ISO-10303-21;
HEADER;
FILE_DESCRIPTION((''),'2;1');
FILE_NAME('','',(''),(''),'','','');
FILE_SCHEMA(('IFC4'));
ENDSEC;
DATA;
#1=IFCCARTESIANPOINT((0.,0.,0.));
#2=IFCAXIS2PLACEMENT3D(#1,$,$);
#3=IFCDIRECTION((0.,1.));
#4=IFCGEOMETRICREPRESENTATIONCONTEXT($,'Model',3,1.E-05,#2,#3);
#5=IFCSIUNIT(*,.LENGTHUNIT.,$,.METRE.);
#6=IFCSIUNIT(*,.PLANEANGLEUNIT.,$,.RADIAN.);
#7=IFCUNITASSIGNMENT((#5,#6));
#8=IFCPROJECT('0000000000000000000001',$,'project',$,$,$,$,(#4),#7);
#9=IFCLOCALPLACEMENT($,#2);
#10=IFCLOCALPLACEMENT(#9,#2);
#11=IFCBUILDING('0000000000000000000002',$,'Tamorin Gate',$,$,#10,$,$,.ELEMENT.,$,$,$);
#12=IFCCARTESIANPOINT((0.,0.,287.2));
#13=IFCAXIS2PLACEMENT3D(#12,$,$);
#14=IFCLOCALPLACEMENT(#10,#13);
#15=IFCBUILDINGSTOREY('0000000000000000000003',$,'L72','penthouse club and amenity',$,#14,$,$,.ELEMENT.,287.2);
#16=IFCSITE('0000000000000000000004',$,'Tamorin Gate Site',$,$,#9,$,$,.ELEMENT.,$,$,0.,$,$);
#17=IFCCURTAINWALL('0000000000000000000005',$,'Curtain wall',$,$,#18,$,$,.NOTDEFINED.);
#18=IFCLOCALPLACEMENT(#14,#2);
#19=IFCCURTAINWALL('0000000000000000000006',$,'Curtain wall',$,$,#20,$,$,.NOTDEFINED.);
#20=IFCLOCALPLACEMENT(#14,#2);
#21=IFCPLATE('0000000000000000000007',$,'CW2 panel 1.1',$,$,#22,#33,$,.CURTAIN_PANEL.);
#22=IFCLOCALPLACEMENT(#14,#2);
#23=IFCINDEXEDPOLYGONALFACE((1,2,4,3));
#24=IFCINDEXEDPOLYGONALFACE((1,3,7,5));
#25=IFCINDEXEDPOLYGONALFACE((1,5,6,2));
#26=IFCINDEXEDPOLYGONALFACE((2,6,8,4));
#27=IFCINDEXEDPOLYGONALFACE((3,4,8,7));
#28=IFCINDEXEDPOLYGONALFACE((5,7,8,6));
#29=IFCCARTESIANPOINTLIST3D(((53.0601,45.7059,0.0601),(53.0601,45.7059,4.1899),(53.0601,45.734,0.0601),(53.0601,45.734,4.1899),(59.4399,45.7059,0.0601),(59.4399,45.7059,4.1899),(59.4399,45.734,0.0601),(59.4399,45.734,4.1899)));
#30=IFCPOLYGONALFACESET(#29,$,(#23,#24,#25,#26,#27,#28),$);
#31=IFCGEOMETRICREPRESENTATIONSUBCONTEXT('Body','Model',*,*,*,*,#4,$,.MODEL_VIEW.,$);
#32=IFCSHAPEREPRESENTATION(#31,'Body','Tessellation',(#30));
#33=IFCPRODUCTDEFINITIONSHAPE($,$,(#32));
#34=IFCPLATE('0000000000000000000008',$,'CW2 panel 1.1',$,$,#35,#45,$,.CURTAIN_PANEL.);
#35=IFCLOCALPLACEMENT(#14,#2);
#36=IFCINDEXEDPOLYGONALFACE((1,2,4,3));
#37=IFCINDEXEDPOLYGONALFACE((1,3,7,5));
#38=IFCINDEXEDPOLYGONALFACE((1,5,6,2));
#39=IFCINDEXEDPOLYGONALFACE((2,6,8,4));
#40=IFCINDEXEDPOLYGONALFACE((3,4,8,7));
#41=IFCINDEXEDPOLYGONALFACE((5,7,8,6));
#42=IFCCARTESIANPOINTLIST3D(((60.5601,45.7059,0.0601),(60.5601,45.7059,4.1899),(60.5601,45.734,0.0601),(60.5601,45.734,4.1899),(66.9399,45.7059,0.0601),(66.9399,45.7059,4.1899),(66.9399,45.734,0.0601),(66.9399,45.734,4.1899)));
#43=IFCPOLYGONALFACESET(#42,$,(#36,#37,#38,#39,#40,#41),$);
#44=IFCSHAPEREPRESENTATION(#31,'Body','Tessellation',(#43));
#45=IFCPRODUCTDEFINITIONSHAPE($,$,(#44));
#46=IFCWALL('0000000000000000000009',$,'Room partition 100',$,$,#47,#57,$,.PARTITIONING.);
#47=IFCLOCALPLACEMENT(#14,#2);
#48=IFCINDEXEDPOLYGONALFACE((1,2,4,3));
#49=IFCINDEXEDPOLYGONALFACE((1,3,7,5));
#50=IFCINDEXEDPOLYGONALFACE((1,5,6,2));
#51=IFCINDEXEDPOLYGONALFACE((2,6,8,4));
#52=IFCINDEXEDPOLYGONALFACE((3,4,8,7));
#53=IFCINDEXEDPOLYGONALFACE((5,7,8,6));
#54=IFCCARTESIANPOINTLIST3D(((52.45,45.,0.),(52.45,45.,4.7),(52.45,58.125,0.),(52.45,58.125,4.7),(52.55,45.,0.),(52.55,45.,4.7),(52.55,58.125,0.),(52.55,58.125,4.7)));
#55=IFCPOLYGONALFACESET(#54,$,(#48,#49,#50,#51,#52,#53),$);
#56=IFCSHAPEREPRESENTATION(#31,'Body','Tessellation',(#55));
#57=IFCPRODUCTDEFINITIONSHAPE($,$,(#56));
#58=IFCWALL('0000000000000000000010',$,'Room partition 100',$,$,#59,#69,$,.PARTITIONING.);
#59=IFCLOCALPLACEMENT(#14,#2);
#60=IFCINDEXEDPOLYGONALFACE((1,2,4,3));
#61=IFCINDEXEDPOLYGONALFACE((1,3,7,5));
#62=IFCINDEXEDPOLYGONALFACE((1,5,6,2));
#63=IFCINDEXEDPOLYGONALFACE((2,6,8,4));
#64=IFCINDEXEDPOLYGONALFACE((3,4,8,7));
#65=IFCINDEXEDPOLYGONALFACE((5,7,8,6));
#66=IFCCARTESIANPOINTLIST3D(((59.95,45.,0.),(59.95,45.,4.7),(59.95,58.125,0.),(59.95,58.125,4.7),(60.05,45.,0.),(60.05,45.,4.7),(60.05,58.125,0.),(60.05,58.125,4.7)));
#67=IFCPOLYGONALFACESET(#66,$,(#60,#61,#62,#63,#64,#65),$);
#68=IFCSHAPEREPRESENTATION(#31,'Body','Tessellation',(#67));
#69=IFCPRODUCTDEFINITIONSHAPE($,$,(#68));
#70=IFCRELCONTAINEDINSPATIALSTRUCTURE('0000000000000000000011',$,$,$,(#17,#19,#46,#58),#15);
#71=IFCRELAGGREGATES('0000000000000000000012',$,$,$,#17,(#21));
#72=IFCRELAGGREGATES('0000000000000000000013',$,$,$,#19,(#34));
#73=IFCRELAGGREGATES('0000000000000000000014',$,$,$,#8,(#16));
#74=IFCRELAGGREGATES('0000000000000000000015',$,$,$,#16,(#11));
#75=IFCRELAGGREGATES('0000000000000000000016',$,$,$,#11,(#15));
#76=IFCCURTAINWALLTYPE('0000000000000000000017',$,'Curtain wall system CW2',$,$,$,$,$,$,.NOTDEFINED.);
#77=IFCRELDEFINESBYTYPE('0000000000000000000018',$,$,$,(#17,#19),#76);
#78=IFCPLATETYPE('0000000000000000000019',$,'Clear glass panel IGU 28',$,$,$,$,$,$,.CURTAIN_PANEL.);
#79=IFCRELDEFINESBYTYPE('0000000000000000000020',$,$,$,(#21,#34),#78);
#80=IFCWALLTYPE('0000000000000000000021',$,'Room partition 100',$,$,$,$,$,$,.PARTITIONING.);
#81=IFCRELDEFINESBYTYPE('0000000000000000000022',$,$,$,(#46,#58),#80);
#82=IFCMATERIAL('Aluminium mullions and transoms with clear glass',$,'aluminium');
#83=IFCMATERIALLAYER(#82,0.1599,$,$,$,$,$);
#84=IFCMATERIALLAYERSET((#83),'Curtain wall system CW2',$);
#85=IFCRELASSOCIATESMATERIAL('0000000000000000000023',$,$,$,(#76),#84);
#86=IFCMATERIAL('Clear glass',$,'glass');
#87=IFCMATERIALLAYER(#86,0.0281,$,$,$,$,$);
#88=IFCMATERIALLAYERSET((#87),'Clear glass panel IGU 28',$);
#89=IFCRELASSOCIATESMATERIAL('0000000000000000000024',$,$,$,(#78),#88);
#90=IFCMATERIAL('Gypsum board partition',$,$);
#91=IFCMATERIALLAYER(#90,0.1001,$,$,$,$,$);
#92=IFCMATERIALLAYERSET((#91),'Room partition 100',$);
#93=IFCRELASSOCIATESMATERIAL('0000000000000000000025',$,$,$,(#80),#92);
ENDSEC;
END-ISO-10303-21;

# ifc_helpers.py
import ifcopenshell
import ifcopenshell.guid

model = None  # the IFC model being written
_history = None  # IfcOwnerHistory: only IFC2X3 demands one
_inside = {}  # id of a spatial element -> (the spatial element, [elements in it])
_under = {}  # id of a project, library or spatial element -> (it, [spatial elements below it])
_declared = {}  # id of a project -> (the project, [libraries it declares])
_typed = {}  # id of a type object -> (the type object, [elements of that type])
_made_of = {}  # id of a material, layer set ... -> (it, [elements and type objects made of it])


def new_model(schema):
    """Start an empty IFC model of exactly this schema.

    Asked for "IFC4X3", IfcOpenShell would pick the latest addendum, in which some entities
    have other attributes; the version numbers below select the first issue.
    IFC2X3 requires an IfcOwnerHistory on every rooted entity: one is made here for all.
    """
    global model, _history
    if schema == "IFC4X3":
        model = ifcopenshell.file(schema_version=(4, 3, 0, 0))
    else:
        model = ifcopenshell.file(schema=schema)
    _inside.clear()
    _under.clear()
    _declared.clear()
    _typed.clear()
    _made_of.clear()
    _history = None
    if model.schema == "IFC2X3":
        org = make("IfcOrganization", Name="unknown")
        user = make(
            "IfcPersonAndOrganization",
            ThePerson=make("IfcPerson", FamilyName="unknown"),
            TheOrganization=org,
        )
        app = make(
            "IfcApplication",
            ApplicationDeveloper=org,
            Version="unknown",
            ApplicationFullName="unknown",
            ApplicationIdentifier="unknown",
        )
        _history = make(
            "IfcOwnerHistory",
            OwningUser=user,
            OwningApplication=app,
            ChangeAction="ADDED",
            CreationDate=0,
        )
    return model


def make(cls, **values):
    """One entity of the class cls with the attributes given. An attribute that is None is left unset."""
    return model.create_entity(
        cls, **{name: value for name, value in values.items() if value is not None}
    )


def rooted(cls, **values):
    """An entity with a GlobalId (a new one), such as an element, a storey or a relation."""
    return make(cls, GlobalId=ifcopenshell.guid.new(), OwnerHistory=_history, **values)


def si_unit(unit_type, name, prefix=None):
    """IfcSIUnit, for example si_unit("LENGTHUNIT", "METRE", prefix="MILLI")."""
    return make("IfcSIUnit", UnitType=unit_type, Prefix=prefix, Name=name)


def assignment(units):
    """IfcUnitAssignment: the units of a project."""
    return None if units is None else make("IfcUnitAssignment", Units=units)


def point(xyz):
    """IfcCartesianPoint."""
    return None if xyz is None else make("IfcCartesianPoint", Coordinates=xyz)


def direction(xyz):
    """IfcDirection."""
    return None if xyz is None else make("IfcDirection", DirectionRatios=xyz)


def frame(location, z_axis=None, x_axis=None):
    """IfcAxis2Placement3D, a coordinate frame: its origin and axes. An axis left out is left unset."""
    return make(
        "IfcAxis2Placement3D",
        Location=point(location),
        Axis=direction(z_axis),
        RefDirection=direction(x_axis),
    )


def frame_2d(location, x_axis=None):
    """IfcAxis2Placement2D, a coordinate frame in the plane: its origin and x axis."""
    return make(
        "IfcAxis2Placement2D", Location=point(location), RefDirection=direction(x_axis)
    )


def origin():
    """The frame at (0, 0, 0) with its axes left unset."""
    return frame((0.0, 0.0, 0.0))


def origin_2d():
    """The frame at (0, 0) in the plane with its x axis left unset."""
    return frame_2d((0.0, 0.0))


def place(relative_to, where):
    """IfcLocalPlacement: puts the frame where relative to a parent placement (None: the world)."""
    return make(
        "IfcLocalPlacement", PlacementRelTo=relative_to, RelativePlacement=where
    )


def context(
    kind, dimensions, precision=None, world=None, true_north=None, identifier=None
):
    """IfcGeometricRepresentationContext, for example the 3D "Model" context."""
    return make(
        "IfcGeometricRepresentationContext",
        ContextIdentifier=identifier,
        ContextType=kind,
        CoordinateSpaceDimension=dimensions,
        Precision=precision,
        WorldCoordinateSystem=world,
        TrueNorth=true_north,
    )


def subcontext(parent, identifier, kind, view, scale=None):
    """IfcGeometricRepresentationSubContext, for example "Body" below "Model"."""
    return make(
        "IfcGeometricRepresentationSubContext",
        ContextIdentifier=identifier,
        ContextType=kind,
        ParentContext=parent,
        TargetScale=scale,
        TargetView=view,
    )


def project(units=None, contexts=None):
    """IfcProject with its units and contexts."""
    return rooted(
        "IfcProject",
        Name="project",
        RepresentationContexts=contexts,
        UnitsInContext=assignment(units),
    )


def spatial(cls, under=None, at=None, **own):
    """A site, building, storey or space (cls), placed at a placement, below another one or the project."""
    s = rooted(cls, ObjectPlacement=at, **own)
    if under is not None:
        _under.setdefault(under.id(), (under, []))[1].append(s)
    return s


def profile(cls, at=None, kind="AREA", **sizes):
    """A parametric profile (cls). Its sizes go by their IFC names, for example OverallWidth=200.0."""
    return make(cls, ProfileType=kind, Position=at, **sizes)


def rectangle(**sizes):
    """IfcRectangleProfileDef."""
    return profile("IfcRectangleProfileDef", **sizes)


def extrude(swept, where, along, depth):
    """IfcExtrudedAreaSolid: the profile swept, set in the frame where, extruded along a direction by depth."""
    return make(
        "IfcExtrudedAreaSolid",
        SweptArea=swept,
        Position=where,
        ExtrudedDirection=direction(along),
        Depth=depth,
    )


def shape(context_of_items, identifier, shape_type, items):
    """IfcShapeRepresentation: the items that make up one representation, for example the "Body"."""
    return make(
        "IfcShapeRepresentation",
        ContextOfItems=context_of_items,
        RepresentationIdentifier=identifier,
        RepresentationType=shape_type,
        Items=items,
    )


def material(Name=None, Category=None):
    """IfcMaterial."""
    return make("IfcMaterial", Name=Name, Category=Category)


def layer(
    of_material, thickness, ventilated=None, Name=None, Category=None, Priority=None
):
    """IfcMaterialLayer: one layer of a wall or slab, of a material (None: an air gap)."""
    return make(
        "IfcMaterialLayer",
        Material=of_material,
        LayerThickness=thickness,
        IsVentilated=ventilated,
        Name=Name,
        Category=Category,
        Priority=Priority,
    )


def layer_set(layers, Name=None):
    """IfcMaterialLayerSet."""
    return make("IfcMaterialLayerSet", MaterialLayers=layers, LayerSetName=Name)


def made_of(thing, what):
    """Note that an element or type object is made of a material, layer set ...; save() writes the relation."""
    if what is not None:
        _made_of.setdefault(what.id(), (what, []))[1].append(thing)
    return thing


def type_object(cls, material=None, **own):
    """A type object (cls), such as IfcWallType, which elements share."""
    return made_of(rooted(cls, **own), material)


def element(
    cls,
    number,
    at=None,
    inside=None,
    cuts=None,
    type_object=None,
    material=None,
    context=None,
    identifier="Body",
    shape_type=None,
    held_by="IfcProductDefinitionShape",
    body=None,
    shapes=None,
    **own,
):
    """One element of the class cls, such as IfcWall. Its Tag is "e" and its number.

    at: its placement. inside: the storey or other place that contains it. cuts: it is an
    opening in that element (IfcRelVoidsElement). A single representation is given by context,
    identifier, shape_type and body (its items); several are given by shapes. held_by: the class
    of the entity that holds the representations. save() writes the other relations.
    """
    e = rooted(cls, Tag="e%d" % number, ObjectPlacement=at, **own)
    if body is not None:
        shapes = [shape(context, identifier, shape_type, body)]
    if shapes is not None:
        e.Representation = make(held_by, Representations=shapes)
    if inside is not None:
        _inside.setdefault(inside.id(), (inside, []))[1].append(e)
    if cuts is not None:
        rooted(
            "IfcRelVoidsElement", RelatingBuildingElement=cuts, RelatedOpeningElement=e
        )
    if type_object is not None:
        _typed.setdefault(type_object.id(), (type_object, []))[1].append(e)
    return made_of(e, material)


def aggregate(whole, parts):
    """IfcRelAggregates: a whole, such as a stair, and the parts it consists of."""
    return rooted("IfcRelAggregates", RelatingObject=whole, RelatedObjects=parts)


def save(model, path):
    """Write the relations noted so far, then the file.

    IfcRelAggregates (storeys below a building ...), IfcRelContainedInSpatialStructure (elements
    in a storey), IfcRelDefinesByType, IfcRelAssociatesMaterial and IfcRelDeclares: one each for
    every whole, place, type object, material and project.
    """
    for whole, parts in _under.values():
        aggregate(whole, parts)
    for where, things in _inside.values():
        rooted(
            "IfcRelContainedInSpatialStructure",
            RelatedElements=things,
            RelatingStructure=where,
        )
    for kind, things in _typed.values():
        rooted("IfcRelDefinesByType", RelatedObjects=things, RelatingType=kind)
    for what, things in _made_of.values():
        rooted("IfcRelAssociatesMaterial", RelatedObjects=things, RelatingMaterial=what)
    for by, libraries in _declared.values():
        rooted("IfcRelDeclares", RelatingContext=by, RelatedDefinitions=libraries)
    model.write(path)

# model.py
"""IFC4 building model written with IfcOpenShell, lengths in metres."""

from ifc_helpers import new_model, si_unit, direction, frame, frame_2d, origin, origin_2d, place, context, subcontext, project, spatial, rectangle, extrude, material, layer, layer_set, type_object, element, aggregate, save


model = new_model("IFC4")

# Units and contexts
model_context = context("Model", 3, precision=1e-05, world=origin(), true_north=direction((0.0, 1.0)))
body_context = subcontext(model_context, "Body", "Model", "MODEL_VIEW")
ifc_project = project(units=[si_unit("LENGTHUNIT", "METRE"), si_unit("PLANEANGLEUNIT", "RADIAN")], contexts=[model_context])

# Site, building, storey
site_placement = place(None, origin())
site = spatial("IfcSite", under=ifc_project, at=site_placement, Name="Tamorin Gate Site", CompositionType="ELEMENT", RefElevation=0.0)
building_placement = place(site_placement, origin())
building = spatial("IfcBuilding", under=site, at=building_placement, Name="Tamorin Gate", CompositionType="ELEMENT")
storey_placement = place(building_placement, frame((0.0, 0.0, 287.2)))
storey = spatial("IfcBuildingStorey", under=building, at=storey_placement, Name="L72", Description="penthouse club and amenity", CompositionType="ELEMENT", Elevation=287.2)

# Shared definitions
ifc_material_1 = material(Name="Aluminium mullions and transoms with clear glass", Category="aluminium")
ifc_layer_1 = layer(ifc_material_1, 0.1599)
ifc_layer_set_1 = layer_set([ifc_layer_1], Name="Curtain wall system CW2")
curtain_wall_type = type_object("IfcCurtainWallType", Name="Curtain wall system CW2", PredefinedType="NOTDEFINED", material=ifc_layer_set_1)

# Curtain walls
curtain_wall_1_placement = place(storey_placement, origin())
curtain_wall_1 = element("IfcCurtainWall", 1, at=curtain_wall_1_placement, inside=storey, type_object=curtain_wall_type, Name="Curtain wall", PredefinedType="NOTDEFINED")
curtain_wall_2_placement = place(storey_placement, origin())
curtain_wall_2 = element("IfcCurtainWall", 2, at=curtain_wall_2_placement, inside=storey, type_object=curtain_wall_type, Name="Curtain wall", PredefinedType="NOTDEFINED")

# Plates
ifc_material_2 = material(Name="Clear glass", Category="glass")
ifc_layer_2 = layer(ifc_material_2, 0.0281)
ifc_layer_set_2 = layer_set([ifc_layer_2], Name="Clear glass panel IGU 28")
plate_type = type_object("IfcPlateType", Name="Clear glass panel IGU 28", PredefinedType="CURTAIN_PANEL", material=ifc_layer_set_2)
plate_1_placement = place(storey_placement, frame((56.25, 45.72, 0.0601), z_axis=(0.0, 0.0, 1.0), x_axis=(1.0, 0.0, 0.0)))
plate_1 = element("IfcPlate", 3, at=plate_1_placement, type_object=plate_type, Name="CW2 panel 1.1", PredefinedType="CURTAIN_PANEL", context=body_context, shape_type="SweptSolid", body=[
    extrude(rectangle(XDim=6.3799, YDim=0.0281, at=origin_2d()), origin(), (0.0, 0.0, 1.0), 4.1299),
])
aggregate(curtain_wall_1, [plate_1])
plate_2_placement = place(storey_placement, frame((63.75, 45.72, 0.0601), z_axis=(0.0, 0.0, 1.0), x_axis=(1.0, 0.0, 0.0)))
plate_2 = element("IfcPlate", 4, at=plate_2_placement, type_object=plate_type, Name="CW2 panel 1.1", PredefinedType="CURTAIN_PANEL", context=body_context, shape_type="SweptSolid", body=[
    extrude(rectangle(XDim=6.3799, YDim=0.0281, at=origin_2d()), origin(), (0.0, 0.0, 1.0), 4.1299),
])
aggregate(curtain_wall_2, [plate_2])

# Walls
ifc_material_3 = material(Name="Gypsum board partition")
ifc_layer_3 = layer(ifc_material_3, 0.1001)
ifc_layer_set_3 = layer_set([ifc_layer_3], Name="Room partition 100")
wall_type = type_object("IfcWallType", Name="Room partition 100", PredefinedType="PARTITIONING", material=ifc_layer_set_3)
for number, where, z_axis, x_axis, name in (
    (5, (52.5, 45.0, 0.0), (0.0, 0.0, 1.0), (0.0, 1.0, 0.0), "Room partition 100"),
    (6, (60.0, 45.0, 0.0), (0.0, 0.0, 1.0), (0.0, 1.0, 0.0), "Room partition 100"),
):
    element("IfcWall", number, at=place(storey_placement, frame(where, z_axis=z_axis, x_axis=x_axis)), inside=storey, type_object=wall_type, Name=name, PredefinedType="PARTITIONING", context=body_context, shape_type="SweptSolid", body=[
        extrude(rectangle(XDim=13.125, YDim=0.1001, at=frame_2d((6.5625, 0.0))), origin(), (0.0, 0.0, 1.0), 4.7),
    ])

save(model, "model.ifc")
